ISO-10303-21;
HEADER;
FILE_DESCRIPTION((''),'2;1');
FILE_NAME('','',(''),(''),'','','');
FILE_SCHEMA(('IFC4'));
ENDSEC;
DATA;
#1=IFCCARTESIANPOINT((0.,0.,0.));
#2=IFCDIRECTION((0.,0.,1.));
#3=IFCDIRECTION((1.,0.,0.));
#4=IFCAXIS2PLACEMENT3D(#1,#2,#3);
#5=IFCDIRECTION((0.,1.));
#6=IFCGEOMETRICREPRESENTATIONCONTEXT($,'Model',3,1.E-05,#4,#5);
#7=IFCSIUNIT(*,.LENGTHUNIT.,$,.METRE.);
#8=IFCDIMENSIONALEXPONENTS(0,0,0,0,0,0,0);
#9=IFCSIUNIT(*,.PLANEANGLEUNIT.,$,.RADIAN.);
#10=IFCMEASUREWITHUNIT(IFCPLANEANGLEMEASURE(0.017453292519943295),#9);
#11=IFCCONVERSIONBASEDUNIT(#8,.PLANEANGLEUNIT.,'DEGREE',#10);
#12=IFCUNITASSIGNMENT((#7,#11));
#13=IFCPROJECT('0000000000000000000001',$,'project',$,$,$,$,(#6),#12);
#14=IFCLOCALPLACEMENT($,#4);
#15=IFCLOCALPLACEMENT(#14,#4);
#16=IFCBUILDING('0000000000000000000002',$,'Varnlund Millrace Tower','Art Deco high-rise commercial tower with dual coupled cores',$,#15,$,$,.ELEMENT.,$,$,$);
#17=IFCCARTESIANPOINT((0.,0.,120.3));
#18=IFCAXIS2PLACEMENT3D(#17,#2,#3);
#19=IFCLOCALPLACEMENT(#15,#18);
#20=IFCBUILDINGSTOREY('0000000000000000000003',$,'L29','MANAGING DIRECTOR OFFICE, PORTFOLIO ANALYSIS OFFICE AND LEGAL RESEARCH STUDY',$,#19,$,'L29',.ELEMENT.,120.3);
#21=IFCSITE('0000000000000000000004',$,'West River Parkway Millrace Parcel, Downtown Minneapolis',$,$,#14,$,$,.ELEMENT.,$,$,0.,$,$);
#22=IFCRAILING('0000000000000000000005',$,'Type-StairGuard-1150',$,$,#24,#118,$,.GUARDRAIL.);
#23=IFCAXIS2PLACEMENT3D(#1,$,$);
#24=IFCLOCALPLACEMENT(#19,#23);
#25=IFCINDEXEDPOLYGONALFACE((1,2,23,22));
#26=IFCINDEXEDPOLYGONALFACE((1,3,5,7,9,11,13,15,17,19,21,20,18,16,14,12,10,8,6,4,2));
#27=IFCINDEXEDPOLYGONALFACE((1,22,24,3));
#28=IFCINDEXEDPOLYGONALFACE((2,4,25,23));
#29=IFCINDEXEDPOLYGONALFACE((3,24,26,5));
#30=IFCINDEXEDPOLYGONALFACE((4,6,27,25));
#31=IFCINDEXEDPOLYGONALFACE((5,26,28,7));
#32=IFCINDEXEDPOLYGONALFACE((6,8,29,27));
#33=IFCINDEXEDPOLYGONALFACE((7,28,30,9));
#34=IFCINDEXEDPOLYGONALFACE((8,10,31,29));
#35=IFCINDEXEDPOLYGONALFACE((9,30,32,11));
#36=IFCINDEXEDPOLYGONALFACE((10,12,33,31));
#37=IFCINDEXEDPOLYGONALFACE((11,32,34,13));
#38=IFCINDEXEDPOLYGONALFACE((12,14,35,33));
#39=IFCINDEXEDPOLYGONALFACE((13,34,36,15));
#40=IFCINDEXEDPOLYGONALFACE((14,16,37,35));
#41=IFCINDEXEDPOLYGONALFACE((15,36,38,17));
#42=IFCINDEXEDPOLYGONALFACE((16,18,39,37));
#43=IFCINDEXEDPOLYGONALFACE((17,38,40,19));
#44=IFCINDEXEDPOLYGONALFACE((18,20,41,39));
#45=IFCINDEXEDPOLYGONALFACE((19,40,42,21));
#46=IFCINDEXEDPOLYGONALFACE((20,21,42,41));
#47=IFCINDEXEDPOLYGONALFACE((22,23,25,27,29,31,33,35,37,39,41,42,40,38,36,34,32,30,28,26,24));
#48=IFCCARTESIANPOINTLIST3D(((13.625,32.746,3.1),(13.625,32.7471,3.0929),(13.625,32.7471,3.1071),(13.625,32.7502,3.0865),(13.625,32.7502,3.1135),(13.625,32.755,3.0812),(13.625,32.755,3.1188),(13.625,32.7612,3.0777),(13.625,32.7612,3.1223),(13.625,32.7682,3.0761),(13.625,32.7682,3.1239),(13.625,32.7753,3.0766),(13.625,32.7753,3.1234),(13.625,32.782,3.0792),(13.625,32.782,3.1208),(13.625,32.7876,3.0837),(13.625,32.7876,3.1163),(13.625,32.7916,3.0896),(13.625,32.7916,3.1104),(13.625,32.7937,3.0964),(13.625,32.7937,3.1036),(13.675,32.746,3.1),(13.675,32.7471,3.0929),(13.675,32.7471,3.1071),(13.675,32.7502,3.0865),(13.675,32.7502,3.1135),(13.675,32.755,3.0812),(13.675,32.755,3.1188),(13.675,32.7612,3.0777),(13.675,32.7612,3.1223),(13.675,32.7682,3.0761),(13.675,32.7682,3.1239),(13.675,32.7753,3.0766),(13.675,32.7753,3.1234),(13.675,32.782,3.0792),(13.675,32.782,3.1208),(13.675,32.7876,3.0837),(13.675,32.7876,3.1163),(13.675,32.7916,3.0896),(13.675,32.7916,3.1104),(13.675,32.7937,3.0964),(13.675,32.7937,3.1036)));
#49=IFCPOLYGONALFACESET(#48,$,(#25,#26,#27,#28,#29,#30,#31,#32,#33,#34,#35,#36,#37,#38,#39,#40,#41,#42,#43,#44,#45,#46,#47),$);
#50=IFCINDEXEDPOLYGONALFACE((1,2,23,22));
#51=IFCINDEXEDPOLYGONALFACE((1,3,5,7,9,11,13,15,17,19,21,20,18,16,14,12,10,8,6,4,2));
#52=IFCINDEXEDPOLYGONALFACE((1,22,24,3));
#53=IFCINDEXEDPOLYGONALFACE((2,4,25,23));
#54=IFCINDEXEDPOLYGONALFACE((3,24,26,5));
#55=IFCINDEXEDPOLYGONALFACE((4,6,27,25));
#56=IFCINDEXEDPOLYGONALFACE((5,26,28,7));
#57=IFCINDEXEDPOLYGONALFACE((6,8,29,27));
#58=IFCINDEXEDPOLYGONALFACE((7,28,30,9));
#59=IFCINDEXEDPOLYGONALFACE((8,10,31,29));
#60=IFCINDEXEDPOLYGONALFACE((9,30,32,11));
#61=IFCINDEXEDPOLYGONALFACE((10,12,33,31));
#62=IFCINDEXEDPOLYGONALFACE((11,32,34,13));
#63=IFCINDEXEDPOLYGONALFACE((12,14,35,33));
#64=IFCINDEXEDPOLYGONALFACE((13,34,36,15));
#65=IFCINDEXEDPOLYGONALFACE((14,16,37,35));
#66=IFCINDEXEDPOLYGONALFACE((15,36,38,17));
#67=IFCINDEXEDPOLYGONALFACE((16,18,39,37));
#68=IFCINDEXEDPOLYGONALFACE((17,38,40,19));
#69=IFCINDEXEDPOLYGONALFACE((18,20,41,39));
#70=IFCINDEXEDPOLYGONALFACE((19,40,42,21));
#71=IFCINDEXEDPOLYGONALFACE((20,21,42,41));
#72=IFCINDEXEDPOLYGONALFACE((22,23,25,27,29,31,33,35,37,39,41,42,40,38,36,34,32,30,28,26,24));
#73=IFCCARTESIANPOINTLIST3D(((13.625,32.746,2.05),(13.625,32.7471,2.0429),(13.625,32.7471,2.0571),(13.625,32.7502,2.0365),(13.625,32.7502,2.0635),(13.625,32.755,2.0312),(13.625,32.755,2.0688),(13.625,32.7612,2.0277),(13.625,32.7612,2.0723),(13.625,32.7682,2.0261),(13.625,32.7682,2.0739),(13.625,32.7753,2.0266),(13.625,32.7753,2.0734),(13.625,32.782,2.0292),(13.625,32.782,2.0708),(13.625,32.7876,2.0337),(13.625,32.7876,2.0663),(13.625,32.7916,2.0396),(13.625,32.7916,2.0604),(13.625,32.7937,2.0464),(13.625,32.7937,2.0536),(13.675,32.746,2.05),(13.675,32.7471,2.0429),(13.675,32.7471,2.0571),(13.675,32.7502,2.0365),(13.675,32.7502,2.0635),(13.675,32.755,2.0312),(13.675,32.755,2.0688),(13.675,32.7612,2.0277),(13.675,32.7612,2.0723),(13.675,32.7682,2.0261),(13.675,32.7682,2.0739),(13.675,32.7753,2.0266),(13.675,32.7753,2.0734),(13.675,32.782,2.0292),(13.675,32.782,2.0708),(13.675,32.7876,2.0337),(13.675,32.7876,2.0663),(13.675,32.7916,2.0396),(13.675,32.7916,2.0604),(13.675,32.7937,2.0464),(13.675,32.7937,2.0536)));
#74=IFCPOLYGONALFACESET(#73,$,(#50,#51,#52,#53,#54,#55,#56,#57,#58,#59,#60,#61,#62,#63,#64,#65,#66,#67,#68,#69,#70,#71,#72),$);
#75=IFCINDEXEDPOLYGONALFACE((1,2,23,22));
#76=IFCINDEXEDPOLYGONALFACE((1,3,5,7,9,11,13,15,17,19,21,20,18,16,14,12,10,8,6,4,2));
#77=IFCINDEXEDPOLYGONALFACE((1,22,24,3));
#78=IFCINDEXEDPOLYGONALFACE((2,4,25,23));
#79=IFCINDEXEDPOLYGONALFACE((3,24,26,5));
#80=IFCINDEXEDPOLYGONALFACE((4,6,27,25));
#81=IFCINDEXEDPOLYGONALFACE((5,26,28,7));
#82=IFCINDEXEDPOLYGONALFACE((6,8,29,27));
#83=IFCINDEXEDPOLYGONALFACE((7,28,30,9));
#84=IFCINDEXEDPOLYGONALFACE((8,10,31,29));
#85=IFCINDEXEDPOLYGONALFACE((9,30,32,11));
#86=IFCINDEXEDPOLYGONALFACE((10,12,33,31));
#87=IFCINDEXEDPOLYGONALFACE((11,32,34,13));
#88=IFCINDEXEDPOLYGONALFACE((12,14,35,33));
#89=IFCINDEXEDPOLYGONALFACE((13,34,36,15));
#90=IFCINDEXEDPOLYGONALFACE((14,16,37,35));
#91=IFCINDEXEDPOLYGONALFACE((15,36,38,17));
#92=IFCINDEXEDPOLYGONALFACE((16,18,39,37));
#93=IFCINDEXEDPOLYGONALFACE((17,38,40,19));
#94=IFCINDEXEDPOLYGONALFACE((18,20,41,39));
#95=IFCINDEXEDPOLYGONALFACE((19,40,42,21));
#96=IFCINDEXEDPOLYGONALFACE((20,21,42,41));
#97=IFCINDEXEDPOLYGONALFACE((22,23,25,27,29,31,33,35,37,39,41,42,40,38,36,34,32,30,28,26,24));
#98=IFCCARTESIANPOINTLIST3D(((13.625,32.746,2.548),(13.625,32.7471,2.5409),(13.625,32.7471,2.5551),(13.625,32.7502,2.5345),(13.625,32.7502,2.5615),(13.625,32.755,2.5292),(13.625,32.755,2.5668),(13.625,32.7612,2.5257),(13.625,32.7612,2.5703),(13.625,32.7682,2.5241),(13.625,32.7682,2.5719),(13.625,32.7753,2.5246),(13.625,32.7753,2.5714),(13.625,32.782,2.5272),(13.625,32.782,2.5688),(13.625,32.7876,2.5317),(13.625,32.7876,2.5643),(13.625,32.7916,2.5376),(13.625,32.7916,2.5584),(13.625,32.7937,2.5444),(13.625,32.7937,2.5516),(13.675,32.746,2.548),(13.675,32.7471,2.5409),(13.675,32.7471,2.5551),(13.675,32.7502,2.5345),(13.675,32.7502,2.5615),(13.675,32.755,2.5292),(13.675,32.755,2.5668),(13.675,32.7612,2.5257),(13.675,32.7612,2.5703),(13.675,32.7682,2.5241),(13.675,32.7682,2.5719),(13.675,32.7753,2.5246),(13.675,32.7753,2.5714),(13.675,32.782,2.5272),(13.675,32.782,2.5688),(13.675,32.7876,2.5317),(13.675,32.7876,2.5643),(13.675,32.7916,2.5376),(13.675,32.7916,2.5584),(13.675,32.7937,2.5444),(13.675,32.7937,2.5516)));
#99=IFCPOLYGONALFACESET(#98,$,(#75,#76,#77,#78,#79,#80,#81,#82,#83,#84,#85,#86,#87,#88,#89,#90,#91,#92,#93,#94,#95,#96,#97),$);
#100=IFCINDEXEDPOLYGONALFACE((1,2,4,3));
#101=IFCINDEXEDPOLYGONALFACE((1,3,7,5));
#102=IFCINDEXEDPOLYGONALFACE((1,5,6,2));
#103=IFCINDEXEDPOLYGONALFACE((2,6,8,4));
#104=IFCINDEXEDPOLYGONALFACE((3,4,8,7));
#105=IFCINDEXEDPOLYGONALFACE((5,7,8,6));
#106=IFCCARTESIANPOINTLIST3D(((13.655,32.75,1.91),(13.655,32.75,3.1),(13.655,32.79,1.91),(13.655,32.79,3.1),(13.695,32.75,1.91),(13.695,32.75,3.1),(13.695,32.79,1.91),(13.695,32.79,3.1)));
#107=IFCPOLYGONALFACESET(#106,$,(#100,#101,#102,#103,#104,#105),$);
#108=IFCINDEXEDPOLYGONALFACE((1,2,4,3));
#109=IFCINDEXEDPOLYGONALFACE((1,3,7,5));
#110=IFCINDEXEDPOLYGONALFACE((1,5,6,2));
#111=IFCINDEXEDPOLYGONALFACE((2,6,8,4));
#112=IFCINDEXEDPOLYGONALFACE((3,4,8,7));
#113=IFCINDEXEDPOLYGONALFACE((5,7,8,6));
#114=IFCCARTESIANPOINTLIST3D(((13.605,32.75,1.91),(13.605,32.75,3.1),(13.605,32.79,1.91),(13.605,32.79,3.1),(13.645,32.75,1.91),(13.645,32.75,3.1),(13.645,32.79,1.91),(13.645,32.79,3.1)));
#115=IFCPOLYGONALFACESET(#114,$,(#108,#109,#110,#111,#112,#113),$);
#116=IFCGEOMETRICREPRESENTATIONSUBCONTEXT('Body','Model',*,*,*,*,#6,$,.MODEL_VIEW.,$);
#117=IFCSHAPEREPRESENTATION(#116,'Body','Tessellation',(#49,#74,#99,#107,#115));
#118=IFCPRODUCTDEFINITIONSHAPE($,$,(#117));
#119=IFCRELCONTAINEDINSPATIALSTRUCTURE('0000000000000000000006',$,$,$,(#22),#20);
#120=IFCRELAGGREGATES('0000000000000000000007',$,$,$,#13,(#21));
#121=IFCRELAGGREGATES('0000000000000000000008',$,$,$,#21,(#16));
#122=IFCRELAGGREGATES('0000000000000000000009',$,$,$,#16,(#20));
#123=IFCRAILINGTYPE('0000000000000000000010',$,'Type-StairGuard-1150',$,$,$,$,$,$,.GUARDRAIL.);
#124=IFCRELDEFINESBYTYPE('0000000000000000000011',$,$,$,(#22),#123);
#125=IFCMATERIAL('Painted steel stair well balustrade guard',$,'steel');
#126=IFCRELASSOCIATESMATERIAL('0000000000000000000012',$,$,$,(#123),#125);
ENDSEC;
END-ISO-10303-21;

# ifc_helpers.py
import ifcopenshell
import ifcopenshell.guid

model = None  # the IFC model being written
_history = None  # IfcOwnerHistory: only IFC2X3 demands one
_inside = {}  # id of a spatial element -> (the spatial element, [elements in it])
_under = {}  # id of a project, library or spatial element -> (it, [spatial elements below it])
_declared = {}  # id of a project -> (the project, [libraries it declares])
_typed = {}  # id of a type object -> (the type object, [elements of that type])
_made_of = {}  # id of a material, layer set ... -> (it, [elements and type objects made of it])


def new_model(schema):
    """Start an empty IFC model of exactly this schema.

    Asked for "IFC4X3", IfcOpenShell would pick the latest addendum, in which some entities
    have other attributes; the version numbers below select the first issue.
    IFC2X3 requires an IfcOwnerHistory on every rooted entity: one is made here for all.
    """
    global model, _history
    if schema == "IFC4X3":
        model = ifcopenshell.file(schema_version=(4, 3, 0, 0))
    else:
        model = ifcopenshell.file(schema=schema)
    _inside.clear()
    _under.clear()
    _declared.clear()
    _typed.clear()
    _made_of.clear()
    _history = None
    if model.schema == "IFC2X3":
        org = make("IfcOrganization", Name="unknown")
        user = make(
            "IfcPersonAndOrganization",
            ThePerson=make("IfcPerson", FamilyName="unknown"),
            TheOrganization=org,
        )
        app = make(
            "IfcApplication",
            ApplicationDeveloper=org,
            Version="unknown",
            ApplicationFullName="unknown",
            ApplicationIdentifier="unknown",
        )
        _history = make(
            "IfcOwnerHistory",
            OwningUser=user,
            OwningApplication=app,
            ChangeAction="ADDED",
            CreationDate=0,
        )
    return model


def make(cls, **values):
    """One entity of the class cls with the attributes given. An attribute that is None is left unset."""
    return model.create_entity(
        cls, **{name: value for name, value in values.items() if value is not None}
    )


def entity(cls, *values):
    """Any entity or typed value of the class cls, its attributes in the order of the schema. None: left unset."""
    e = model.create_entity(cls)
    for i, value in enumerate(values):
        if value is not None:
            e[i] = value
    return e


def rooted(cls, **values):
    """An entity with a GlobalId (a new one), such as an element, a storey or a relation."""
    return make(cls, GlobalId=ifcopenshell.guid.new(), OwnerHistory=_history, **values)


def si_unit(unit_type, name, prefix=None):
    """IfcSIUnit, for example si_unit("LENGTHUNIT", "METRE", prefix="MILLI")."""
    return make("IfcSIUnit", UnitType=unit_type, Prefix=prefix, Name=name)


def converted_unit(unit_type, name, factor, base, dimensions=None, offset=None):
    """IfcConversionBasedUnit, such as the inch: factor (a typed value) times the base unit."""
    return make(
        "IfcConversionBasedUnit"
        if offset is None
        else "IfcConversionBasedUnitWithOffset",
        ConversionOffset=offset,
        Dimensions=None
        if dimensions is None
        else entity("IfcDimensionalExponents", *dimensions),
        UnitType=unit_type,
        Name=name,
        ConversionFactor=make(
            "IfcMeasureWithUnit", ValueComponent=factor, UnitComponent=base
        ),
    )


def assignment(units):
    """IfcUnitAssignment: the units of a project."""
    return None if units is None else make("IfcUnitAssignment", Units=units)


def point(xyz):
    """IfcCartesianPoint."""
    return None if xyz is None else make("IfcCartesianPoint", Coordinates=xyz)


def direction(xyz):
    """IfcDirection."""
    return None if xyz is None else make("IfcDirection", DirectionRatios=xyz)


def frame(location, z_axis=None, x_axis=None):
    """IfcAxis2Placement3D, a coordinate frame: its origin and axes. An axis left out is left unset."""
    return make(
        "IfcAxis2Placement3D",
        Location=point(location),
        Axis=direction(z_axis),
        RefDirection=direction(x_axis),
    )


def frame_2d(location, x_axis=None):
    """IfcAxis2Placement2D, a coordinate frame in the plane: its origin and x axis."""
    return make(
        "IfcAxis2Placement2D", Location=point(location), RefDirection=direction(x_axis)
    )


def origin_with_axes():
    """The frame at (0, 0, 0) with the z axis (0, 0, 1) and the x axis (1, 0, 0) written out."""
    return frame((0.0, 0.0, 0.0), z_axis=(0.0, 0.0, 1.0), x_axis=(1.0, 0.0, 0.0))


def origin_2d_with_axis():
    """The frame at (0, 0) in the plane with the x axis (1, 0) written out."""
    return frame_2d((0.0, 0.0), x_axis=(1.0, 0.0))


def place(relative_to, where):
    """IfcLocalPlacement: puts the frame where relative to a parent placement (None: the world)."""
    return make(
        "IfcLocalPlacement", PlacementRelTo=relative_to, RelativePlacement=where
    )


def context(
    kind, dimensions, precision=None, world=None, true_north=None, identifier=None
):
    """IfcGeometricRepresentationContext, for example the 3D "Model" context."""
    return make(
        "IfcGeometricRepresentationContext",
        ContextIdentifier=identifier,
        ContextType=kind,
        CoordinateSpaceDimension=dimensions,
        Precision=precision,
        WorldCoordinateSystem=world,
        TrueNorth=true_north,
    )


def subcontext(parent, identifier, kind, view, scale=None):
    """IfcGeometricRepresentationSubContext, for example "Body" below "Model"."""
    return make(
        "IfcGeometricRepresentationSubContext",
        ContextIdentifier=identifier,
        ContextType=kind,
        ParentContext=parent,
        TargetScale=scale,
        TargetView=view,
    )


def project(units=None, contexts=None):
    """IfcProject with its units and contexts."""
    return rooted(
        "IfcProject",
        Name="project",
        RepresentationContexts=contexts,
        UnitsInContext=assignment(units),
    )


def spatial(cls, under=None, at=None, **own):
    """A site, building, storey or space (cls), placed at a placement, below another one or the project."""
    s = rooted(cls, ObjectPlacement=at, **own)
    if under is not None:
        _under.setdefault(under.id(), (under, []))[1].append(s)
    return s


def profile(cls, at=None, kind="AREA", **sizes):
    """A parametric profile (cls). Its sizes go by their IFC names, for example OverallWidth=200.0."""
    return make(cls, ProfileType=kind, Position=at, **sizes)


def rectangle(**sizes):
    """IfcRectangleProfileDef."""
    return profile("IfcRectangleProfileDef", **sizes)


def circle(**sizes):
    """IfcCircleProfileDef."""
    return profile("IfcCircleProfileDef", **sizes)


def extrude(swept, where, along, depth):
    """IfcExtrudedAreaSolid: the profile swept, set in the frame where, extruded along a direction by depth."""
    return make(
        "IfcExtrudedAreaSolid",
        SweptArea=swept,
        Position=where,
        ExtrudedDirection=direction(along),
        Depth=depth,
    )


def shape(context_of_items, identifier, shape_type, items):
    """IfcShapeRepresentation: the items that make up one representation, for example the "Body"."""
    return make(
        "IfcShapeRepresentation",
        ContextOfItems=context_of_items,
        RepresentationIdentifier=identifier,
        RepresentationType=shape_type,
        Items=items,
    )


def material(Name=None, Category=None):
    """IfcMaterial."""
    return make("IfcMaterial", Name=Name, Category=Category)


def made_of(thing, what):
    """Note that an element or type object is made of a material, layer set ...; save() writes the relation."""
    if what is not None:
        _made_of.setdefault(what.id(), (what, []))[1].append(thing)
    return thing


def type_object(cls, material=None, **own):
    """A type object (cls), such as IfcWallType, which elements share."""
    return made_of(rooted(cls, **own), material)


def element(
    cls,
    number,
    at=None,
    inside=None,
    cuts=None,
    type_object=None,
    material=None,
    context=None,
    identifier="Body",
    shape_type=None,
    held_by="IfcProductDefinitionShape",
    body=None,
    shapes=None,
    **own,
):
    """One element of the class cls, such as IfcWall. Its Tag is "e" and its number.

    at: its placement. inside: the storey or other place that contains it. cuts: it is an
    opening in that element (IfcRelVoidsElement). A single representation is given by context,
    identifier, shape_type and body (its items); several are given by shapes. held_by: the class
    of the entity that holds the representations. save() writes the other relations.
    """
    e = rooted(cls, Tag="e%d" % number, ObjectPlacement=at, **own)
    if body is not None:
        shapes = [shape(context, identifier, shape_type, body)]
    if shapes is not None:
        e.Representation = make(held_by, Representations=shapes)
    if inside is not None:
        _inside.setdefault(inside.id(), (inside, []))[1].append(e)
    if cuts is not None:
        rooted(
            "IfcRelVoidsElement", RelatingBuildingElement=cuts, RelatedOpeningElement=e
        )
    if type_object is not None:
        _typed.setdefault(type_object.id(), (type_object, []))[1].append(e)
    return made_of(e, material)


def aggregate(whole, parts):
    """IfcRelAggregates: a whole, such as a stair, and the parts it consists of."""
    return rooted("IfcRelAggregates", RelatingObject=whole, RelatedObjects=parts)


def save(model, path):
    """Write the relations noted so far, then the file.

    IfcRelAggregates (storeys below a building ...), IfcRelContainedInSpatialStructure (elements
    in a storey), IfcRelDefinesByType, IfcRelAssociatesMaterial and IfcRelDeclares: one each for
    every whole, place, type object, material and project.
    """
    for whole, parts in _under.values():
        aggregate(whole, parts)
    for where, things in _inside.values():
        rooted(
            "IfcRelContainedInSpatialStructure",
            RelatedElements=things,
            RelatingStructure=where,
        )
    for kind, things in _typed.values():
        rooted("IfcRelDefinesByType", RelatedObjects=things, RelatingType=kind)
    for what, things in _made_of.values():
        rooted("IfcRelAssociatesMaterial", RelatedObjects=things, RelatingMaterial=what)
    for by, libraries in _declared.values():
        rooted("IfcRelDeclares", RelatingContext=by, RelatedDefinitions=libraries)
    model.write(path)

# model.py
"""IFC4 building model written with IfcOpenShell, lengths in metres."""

from ifc_helpers import new_model, entity, si_unit, converted_unit, direction, frame, origin_with_axes, origin_2d_with_axis, place, context, subcontext, project, spatial, rectangle, circle, extrude, material, type_object, element, save


model = new_model("IFC4")

# Units and contexts
model_context = context("Model", 3, precision=1e-05, world=origin_with_axes(), true_north=direction((0.0, 1.0)))
body_context = subcontext(model_context, "Body", "Model", "MODEL_VIEW")
ifc_project = project(units=[si_unit("LENGTHUNIT", "METRE"), converted_unit("PLANEANGLEUNIT", "DEGREE", entity("IfcPlaneAngleMeasure", 0.017453292519943295), si_unit("PLANEANGLEUNIT", "RADIAN"), dimensions=[0, 0, 0, 0, 0, 0, 0])], contexts=[model_context])

# Site, building, storey
site_placement = place(None, origin_with_axes())
site = spatial("IfcSite", under=ifc_project, at=site_placement, Name="West River Parkway Millrace Parcel, Downtown Minneapolis", CompositionType="ELEMENT", RefElevation=0.0)
building_placement = place(site_placement, origin_with_axes())
building = spatial("IfcBuilding", under=site, at=building_placement, Name="Varnlund Millrace Tower", Description="Art Deco high-rise commercial tower with dual coupled cores", CompositionType="ELEMENT")
storey_placement = place(building_placement, frame((0.0, 0.0, 120.3), z_axis=(0.0, 0.0, 1.0), x_axis=(1.0, 0.0, 0.0)))
storey = spatial("IfcBuildingStorey", under=building, at=storey_placement, Name="L29", Description="MANAGING DIRECTOR OFFICE, PORTFOLIO ANALYSIS OFFICE AND LEGAL RESEARCH STUDY", LongName="L29", CompositionType="ELEMENT", Elevation=120.3)

# Railing
ifc_material_1 = material(Name="Painted steel stair well balustrade guard", Category="steel")
railing_type_1 = type_object("IfcRailingType", Name="Type-StairGuard-1150", PredefinedType="GUARDRAIL", material=ifc_material_1)
railing_1_placement = place(storey_placement, frame((0.0, 0.0, -120.3), z_axis=(0.0, 0.0, 1.0), x_axis=(1.0, 0.0, 0.0)))
element("IfcRailing", 1, at=railing_1_placement, inside=storey, type_object=railing_type_1, Name="Type-StairGuard-1150", PredefinedType="GUARDRAIL", context=body_context, shape_type="SweptSolid", body=[
    extrude(circle(Radius=0.024, at=origin_2d_with_axis()), frame((13.675, 32.77, 123.4), z_axis=(-1.0, 0.0, 0.0), x_axis=(0.0, -1.0, 0.0)), (0.0, 0.0, 1.0), 0.05),
    extrude(circle(Radius=0.024, at=origin_2d_with_axis()), frame((13.675, 32.77, 122.35), z_axis=(-1.0, 0.0, 0.0), x_axis=(0.0, -1.0, 0.0)), (0.0, 0.0, 1.0), 0.05),
    extrude(circle(Radius=0.024, at=origin_2d_with_axis()), frame((13.675, 32.77, 122.848), z_axis=(-1.0, 0.0, 0.0), x_axis=(0.0, -1.0, 0.0)), (0.0, 0.0, 1.0), 0.05),
    extrude(rectangle(XDim=0.04, YDim=0.04, at=origin_2d_with_axis()), frame((13.675, 32.77, 122.21), z_axis=(0.0, 0.0, 1.0), x_axis=(1.0, 0.0, 0.0)), (0.0, 0.0, 1.0), 1.19),
    extrude(rectangle(XDim=0.04, YDim=0.04, at=origin_2d_with_axis()), frame((13.625, 32.77, 122.21), z_axis=(0.0, 0.0, 1.0), x_axis=(1.0, 0.0, 0.0)), (0.0, 0.0, 1.0), 1.19),
])

save(model, "model.ifc")
